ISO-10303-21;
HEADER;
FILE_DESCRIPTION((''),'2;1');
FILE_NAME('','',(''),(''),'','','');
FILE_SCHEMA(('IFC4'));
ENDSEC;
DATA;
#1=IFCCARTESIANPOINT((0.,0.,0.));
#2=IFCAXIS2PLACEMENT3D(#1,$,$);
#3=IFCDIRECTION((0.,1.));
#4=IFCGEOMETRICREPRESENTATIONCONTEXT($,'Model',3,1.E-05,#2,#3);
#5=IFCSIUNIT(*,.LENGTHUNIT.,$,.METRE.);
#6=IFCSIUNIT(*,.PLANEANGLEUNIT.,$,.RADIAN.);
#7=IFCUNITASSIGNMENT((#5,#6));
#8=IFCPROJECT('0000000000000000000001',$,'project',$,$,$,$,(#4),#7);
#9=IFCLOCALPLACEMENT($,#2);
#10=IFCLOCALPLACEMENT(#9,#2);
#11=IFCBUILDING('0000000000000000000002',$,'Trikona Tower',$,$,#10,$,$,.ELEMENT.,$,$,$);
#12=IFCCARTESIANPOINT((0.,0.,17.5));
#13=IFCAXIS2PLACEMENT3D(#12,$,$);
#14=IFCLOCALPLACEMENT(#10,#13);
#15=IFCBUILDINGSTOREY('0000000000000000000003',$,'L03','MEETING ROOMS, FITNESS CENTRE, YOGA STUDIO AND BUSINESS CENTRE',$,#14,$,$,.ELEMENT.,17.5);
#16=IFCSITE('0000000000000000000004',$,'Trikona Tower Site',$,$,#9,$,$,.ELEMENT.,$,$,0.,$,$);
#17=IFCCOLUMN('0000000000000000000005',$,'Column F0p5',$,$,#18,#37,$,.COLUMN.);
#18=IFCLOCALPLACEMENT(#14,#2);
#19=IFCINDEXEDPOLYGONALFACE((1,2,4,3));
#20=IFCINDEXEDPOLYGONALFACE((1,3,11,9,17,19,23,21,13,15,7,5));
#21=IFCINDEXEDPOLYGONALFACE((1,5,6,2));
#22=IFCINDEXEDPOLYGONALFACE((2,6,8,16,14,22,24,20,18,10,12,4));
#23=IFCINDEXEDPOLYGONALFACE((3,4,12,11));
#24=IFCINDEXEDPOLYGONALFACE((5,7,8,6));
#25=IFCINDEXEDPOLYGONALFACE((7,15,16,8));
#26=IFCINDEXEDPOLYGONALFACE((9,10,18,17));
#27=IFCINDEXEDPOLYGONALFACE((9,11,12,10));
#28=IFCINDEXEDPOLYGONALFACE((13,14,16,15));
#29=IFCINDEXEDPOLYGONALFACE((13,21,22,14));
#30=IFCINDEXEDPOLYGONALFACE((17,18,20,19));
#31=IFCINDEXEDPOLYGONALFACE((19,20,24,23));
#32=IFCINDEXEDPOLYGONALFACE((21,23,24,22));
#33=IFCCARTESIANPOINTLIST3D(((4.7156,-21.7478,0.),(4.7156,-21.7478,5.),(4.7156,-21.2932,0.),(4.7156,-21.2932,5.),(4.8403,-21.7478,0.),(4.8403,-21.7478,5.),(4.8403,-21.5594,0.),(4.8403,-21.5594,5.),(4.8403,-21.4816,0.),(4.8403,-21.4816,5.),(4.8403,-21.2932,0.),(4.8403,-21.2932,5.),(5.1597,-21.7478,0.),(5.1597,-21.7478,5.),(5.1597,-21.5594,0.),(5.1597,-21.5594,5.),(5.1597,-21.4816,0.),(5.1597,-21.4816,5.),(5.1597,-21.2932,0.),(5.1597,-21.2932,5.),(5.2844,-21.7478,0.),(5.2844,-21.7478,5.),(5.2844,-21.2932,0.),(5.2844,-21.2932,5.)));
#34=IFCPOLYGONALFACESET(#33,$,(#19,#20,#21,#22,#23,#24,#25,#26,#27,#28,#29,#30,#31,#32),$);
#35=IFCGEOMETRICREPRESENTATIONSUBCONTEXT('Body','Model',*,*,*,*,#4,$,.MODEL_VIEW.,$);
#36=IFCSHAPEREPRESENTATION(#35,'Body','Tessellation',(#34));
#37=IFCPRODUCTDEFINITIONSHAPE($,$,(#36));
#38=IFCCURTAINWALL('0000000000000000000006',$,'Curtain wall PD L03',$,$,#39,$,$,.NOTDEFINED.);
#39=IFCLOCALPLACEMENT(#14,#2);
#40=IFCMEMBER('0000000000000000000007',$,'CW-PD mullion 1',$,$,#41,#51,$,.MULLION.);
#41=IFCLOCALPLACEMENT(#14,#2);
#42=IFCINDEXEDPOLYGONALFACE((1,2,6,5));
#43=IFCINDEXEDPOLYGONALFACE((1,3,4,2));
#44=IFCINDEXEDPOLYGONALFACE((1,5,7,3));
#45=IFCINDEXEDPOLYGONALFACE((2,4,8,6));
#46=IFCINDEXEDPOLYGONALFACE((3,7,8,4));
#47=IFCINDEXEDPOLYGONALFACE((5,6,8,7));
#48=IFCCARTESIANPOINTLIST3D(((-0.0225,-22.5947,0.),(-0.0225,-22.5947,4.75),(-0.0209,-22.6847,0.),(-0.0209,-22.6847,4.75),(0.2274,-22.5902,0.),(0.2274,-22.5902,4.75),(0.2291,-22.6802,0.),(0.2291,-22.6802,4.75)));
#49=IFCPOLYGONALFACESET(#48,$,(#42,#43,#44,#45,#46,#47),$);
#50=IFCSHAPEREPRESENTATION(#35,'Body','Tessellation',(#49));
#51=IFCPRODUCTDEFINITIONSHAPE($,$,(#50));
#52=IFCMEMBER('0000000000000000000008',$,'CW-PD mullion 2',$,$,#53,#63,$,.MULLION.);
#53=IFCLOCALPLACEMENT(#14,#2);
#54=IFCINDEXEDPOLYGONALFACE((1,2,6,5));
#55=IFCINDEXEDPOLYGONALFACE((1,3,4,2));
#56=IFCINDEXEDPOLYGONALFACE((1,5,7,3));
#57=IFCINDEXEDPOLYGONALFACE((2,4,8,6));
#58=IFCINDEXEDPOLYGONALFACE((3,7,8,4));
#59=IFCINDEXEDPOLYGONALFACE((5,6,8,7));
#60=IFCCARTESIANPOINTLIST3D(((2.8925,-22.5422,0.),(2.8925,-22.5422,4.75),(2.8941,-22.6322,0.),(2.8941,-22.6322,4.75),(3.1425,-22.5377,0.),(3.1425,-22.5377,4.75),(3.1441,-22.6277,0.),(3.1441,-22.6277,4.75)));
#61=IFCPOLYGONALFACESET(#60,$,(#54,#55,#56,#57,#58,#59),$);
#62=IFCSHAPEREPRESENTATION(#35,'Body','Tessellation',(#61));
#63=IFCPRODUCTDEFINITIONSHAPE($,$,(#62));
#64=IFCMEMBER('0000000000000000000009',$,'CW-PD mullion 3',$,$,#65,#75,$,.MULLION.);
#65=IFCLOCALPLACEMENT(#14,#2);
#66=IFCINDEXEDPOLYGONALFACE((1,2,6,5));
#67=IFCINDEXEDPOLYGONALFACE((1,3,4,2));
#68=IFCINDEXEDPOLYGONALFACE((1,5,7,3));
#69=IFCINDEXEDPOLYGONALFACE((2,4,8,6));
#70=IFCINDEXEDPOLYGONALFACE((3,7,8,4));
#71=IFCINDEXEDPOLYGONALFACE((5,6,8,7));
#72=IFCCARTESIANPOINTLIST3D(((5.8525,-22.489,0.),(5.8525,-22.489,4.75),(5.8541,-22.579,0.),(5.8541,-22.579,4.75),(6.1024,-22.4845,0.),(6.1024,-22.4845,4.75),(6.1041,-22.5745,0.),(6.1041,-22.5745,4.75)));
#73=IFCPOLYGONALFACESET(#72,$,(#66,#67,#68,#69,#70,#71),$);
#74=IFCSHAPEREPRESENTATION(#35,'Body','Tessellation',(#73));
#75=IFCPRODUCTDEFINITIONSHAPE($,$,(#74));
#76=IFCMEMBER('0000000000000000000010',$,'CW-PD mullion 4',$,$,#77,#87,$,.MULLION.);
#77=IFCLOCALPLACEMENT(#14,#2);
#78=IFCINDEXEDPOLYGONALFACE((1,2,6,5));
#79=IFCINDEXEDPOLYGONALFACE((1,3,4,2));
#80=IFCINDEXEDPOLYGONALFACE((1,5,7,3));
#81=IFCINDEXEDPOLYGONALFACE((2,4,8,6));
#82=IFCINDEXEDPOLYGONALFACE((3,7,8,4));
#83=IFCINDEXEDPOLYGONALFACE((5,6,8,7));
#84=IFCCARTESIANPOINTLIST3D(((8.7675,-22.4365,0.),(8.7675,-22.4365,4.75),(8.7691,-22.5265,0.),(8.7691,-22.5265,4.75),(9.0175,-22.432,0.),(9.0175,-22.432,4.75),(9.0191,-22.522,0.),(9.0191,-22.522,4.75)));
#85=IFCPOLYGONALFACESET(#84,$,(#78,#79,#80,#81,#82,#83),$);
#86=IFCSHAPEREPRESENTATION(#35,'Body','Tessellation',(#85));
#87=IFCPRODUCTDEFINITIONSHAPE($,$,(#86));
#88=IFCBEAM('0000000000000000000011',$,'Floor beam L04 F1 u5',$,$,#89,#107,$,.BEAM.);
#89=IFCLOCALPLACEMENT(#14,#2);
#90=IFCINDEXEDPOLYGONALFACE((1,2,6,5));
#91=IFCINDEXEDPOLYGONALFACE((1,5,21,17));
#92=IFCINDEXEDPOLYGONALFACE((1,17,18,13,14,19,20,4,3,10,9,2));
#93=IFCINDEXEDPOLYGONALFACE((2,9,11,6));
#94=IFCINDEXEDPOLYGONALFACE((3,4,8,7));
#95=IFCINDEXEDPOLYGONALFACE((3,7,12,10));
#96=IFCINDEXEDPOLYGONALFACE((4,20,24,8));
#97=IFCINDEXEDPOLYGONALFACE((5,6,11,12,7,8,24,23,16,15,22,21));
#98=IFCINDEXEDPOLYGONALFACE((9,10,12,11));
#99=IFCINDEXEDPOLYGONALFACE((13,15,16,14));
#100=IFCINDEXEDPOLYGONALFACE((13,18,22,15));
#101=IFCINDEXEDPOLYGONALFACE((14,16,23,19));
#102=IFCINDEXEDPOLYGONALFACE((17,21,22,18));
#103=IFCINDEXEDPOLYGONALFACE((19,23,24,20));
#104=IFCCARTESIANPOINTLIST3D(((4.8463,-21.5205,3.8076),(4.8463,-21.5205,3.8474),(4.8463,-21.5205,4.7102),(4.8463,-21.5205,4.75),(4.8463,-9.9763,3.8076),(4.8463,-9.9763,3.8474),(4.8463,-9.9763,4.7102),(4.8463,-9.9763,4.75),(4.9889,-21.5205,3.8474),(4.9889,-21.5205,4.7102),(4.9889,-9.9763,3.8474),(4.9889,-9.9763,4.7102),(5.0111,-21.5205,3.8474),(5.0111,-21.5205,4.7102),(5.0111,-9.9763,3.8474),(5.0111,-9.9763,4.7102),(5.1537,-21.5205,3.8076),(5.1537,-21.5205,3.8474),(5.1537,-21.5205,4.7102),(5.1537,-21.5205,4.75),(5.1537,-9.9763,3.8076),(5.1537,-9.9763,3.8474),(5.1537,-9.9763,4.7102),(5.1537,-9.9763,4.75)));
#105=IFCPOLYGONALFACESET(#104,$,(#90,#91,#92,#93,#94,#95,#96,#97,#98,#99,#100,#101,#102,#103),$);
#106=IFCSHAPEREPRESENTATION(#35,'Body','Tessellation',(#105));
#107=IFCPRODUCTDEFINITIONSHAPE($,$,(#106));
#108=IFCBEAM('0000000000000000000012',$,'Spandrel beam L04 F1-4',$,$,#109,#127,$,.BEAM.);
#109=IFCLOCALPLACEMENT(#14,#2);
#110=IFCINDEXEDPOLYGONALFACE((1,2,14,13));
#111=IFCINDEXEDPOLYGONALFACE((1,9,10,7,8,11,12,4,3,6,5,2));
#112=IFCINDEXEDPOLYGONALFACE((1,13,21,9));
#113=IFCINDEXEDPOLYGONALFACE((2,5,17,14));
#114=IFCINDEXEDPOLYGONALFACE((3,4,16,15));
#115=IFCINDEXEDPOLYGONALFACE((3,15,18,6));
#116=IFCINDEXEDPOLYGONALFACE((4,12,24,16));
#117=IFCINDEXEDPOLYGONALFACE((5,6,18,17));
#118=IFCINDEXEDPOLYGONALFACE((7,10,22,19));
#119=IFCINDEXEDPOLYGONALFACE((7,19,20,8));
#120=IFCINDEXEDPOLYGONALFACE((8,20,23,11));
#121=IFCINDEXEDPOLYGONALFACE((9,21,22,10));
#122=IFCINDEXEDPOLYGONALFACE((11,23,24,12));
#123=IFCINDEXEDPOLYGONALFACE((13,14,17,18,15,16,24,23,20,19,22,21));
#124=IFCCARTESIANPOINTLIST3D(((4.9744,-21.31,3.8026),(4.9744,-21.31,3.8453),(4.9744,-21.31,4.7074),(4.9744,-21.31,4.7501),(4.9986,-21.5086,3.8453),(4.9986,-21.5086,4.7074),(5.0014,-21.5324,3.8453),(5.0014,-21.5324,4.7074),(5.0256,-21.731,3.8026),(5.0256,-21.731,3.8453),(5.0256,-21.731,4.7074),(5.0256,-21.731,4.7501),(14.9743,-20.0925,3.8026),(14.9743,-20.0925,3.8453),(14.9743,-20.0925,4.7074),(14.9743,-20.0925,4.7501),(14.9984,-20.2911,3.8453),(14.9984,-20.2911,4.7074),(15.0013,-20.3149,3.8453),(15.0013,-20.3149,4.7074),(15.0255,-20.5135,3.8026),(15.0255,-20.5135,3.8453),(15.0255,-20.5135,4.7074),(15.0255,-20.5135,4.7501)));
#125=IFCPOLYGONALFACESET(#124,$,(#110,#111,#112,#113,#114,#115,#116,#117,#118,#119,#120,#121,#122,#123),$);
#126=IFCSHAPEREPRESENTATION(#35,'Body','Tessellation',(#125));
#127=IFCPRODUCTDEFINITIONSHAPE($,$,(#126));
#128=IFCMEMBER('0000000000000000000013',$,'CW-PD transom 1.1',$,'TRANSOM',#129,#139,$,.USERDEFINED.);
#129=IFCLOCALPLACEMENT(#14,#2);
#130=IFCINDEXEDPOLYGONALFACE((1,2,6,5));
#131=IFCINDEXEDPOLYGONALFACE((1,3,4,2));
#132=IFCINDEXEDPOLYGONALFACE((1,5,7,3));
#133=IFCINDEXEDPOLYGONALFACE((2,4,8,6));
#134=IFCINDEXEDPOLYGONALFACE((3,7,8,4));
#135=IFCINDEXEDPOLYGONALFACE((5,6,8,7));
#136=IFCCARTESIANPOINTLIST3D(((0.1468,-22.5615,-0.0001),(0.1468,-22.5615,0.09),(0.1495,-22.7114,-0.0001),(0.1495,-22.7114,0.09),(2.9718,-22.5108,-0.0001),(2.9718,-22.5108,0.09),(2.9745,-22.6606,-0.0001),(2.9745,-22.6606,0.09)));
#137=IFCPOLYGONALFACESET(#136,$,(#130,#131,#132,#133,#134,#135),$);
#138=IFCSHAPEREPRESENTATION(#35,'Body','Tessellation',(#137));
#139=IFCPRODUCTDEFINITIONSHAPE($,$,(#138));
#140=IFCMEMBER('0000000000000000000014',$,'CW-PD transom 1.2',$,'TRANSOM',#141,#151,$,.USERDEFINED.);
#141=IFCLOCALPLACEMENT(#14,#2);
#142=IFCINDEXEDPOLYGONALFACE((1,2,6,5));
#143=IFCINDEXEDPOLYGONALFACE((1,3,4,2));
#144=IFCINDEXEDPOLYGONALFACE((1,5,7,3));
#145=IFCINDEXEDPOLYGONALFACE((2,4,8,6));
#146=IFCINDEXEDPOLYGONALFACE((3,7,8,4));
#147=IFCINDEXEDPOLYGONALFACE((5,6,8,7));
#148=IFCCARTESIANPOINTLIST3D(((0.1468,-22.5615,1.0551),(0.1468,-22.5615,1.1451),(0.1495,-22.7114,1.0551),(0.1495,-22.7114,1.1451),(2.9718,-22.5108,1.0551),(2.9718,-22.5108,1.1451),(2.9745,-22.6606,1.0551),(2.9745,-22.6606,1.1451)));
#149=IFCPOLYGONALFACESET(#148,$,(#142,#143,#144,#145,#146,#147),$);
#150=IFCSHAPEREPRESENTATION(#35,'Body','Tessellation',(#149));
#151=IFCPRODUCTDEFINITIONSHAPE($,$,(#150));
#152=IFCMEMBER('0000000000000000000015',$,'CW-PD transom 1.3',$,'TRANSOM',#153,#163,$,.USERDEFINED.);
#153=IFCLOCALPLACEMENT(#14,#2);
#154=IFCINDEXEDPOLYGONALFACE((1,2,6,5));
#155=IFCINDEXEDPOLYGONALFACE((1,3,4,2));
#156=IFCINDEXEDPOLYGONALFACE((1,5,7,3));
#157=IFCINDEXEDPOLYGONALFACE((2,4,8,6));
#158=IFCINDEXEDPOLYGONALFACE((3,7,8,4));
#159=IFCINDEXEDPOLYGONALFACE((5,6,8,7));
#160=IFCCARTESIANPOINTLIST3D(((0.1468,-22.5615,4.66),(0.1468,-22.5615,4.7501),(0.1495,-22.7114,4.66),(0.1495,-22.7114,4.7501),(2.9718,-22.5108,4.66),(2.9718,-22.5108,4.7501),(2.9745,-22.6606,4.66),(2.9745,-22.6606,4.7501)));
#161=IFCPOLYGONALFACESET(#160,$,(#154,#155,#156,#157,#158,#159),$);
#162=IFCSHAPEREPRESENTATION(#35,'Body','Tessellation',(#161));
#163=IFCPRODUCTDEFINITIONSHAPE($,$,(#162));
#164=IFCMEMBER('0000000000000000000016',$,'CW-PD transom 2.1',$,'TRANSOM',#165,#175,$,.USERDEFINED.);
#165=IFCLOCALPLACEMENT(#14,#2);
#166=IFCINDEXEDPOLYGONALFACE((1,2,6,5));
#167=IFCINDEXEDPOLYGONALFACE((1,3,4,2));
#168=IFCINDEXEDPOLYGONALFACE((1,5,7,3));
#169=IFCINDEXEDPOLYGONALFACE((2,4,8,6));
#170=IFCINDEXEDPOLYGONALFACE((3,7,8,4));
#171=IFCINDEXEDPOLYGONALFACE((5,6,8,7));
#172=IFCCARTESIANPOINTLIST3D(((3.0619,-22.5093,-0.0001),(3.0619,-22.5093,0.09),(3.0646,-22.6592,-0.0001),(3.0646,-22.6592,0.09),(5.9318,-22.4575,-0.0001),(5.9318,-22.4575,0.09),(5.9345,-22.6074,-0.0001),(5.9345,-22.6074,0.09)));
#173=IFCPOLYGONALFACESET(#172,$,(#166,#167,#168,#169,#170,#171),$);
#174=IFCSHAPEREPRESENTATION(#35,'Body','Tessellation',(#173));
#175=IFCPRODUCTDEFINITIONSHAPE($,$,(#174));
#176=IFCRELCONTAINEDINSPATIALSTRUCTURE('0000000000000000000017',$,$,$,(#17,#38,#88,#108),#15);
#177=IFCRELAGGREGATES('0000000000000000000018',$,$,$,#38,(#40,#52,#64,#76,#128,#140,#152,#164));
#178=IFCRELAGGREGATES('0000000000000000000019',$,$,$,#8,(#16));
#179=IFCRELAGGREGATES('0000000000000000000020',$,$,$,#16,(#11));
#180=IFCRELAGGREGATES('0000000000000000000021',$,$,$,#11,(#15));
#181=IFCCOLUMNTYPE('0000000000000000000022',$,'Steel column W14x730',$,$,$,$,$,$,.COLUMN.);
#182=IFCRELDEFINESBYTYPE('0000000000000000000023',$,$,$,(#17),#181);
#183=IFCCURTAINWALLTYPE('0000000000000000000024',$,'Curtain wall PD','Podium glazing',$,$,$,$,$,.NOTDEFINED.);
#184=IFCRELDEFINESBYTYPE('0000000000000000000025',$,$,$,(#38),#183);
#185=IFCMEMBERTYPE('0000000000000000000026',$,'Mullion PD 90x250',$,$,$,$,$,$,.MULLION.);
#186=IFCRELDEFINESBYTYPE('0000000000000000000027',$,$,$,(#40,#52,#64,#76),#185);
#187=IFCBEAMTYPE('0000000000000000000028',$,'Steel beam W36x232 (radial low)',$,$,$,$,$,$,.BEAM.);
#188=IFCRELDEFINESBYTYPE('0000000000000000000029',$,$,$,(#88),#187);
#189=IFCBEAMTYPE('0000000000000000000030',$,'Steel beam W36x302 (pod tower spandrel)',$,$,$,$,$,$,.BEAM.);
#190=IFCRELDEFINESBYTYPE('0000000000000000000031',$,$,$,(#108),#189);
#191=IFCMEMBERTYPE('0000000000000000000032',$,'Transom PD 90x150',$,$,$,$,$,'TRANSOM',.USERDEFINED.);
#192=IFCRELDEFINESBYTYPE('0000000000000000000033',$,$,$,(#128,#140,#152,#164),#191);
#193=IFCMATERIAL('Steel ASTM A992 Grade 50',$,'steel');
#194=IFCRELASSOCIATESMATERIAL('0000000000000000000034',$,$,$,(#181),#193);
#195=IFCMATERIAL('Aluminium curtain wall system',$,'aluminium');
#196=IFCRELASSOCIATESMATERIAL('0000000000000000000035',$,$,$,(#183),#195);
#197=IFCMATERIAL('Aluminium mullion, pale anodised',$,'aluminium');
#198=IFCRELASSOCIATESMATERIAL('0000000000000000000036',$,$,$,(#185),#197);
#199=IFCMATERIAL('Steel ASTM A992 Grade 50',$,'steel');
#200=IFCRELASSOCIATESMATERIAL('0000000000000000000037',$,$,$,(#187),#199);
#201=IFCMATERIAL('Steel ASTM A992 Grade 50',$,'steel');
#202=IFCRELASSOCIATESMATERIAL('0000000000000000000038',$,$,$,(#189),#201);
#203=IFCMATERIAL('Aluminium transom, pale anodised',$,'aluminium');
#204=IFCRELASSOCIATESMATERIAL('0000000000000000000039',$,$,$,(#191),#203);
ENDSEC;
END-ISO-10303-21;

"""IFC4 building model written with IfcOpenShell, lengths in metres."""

from ifc_helpers import new_model, si_unit, direction, frame, origin, origin_2d, place, context, subcontext, project, spatial, rectangle, i_section, extrude, material, material_profile, profile_set, type_object, element, aggregate, save


model = new_model("IFC4")

# Units and contexts
model_context = context("Model", 3, precision=1e-05, world=origin(), true_north=direction((0.0, 1.0)))
body_context = subcontext(model_context, "Body", "Model", "MODEL_VIEW")
ifc_project = project(units=[si_unit("LENGTHUNIT", "METRE"), si_unit("PLANEANGLEUNIT", "RADIAN")], contexts=[model_context])

# Site, building, storey
site_placement = place(None, origin())
site = spatial("IfcSite", under=ifc_project, at=site_placement, Name="Trikona Tower Site", CompositionType="ELEMENT", RefElevation=0.0)
building_placement = place(site_placement, origin())
building = spatial("IfcBuilding", under=site, at=building_placement, Name="Trikona Tower", CompositionType="ELEMENT")
storey_placement = place(building_placement, frame((0.0, 0.0, 17.5)))
storey = spatial("IfcBuildingStorey", under=building, at=storey_placement, Name="L03", Description="MEETING ROOMS, FITNESS CENTRE, YOGA STUDIO AND BUSINESS CENTRE", CompositionType="ELEMENT", Elevation=17.5)

# Column
ifc_material_1 = material(Name="Steel ASTM A992 Grade 50", Category="steel")
ifc_material_profile_1 = material_profile(ifc_material_1, i_section(OverallWidth=0.4546, OverallDepth=0.5688, WebThickness=0.0779, FlangeThickness=0.1248, at=origin_2d()), Name="W14X730")
ifc_profile_set_1 = profile_set([ifc_material_profile_1], Name="Steel ASTM A992 Grade 50")
column_type = type_object("IfcColumnType", Name="Steel column W14x730", PredefinedType="COLUMN", material=ifc_profile_set_1)
column_placement = place(storey_placement, frame((5.0, -21.5205, 0.0), z_axis=(0.0, 0.0, 1.0), x_axis=(0.0, -1.0, 0.0)))
element("IfcColumn", 1, at=column_placement, inside=storey, type_object=column_type, Name="Column F0p5", PredefinedType="COLUMN", context=body_context, shape_type="SweptSolid", body=[
    extrude(i_section(OverallWidth=0.4546, OverallDepth=0.5688, WebThickness=0.0779, FlangeThickness=0.1248, at=origin_2d()), origin(), (0.0, 0.0, 1.0), 5.0),
])

# Curtain wall, members
ifc_material_2 = material(Name="Aluminium curtain wall system", Category="aluminium")
curtain_wall_type = type_object("IfcCurtainWallType", Name="Curtain wall PD", Description="Podium glazing", PredefinedType="NOTDEFINED", material=ifc_material_2)
curtain_wall_placement = place(storey_placement, origin())
curtain_wall = element("IfcCurtainWall", 2, at=curtain_wall_placement, inside=storey, type_object=curtain_wall_type, Name="Curtain wall PD L03", PredefinedType="NOTDEFINED")
ifc_material_3 = material(Name="Aluminium mullion, pale anodised", Category="aluminium")
ifc_material_profile_2 = material_profile(ifc_material_3, rectangle(XDim=0.0901, YDim=0.25, at=origin_2d()), Name="MUL-PD")
ifc_profile_set_2 = profile_set([ifc_material_profile_2], Name="Aluminium mullion, pale anodised")
member_type_1 = type_object("IfcMemberType", Name="Mullion PD 90x250", PredefinedType="MULLION", material=ifc_profile_set_2)
member_1_placement = place(storey_placement, frame((0.1033, -22.6375, 0.0), z_axis=(0.0, 0.0, 1.0), x_axis=(-0.017993, 0.999838, 0.0)))
member_1 = element("IfcMember", 3, at=member_1_placement, type_object=member_type_1, Name="CW-PD mullion 1", PredefinedType="MULLION", context=body_context, shape_type="SweptSolid", body=[
    extrude(rectangle(XDim=0.0901, YDim=0.25, at=origin_2d()), origin(), (0.0, 0.0, 1.0), 4.75),
])
member_2_placement = place(storey_placement, frame((3.0183, -22.585, 0.0), z_axis=(0.0, 0.0, 1.0), x_axis=(-0.017993, 0.999838, 0.0)))
member_2 = element("IfcMember", 4, at=member_2_placement, type_object=member_type_1, Name="CW-PD mullion 2", PredefinedType="MULLION", context=body_context, shape_type="SweptSolid", body=[
    extrude(rectangle(XDim=0.0901, YDim=0.25, at=origin_2d()), origin(), (0.0, 0.0, 1.0), 4.75),
])
member_3_placement = place(storey_placement, frame((5.9783, -22.5317, 0.0), z_axis=(0.0, 0.0, 1.0), x_axis=(-0.017993, 0.999838, 0.0)))
member_3 = element("IfcMember", 5, at=member_3_placement, type_object=member_type_1, Name="CW-PD mullion 3", PredefinedType="MULLION", context=body_context, shape_type="SweptSolid", body=[
    extrude(rectangle(XDim=0.0901, YDim=0.25, at=origin_2d()), origin(), (0.0, 0.0, 1.0), 4.75),
])
member_4_placement = place(storey_placement, frame((8.8933, -22.4792, 0.0), z_axis=(0.0, 0.0, 1.0), x_axis=(-0.017993, 0.999838, 0.0)))
member_4 = element("IfcMember", 6, at=member_4_placement, type_object=member_type_1, Name="CW-PD mullion 4", PredefinedType="MULLION", context=body_context, shape_type="SweptSolid", body=[
    extrude(rectangle(XDim=0.0901, YDim=0.25, at=origin_2d()), origin(), (0.0, 0.0, 1.0), 4.75),
])

# Beams
ifc_material_4 = material(Name="Steel ASTM A992 Grade 50", Category="steel")
ifc_material_profile_3 = material_profile(ifc_material_4, i_section(OverallWidth=0.3074, OverallDepth=0.9424, WebThickness=0.0222, FlangeThickness=0.0398, at=origin_2d()), Name="W36X232")
ifc_profile_set_3 = profile_set([ifc_material_profile_3], Name="Steel ASTM A992 Grade 50")
beam_type_1 = type_object("IfcBeamType", Name="Steel beam W36x232 (radial low)", PredefinedType="BEAM", material=ifc_profile_set_3)
beam_1_placement = place(storey_placement, frame((5.0, -9.9763, 4.2788), z_axis=(0.0, -1.0, 0.0), x_axis=(1.0, 0.0, 0.0)))
element("IfcBeam", 7, at=beam_1_placement, inside=storey, type_object=beam_type_1, Name="Floor beam L04 F1 u5", PredefinedType="BEAM", context=body_context, shape_type="SweptSolid", body=[
    extrude(i_section(OverallWidth=0.3074, OverallDepth=0.9424, WebThickness=0.0222, FlangeThickness=0.0398, at=origin_2d()), origin(), (0.0, 0.0, 1.0), 11.5442),
])
ifc_material_5 = material(Name="Steel ASTM A992 Grade 50", Category="steel")
ifc_material_profile_4 = material_profile(ifc_material_5, i_section(OverallWidth=0.4241, OverallDepth=0.9475, WebThickness=0.0239, FlangeThickness=0.0427, at=origin_2d()), Name="W36X302")
ifc_profile_set_4 = profile_set([ifc_material_profile_4], Name="Steel ASTM A992 Grade 50")
beam_type_2 = type_object("IfcBeamType", Name="Steel beam W36x302 (pod tower spandrel)", PredefinedType="BEAM", material=ifc_profile_set_4)
beam_2_placement = place(storey_placement, frame((5.0, -21.5205, 4.2764), z_axis=(0.99267, 0.12086, 0.0), x_axis=(-0.12086, 0.99267, 0.0)))
element("IfcBeam", 8, at=beam_2_placement, inside=storey, type_object=beam_type_2, Name="Spandrel beam L04 F1-4", PredefinedType="BEAM", context=body_context, shape_type="SweptSolid", body=[
    extrude(i_section(OverallWidth=0.4241, OverallDepth=0.9475, WebThickness=0.0239, FlangeThickness=0.0427, at=origin_2d()), origin(), (0.0, 0.0, 1.0), 10.0737),
])

# Members
ifc_material_6 = material(Name="Aluminium transom, pale anodised", Category="aluminium")
ifc_material_profile_5 = material_profile(ifc_material_6, rectangle(XDim=0.1499, YDim=0.0901, at=origin_2d()), Name="TRN-PD")
ifc_profile_set_5 = profile_set([ifc_material_profile_5], Name="Aluminium transom, pale anodised")
member_type_2 = type_object("IfcMemberType", Name="Transom PD 90x150", ElementType="TRANSOM", PredefinedType="USERDEFINED", material=ifc_profile_set_5)
member_5_placement = place(storey_placement, frame((0.1482, -22.6365, 0.0449), z_axis=(0.999838, 0.017973, 0.0), x_axis=(-0.017973, 0.999838, 0.0)))
member_5 = element("IfcMember", 9, at=member_5_placement, type_object=member_type_2, Name="CW-PD transom 1.1", ObjectType="TRANSOM", PredefinedType="USERDEFINED", context=body_context, shape_type="SweptSolid", body=[
    extrude(rectangle(XDim=0.1499, YDim=0.0901, at=origin_2d()), origin(), (0.0, 0.0, 1.0), 2.8254),
])
member_6_placement = place(storey_placement, frame((0.1482, -22.6365, 1.1001), z_axis=(0.999838, 0.017973, 0.0), x_axis=(-0.017973, 0.999838, 0.0)))
member_6 = element("IfcMember", 10, at=member_6_placement, type_object=member_type_2, Name="CW-PD transom 1.2", ObjectType="TRANSOM", PredefinedType="USERDEFINED", context=body_context, shape_type="SweptSolid", body=[
    extrude(rectangle(XDim=0.1499, YDim=0.0901, at=origin_2d()), origin(), (0.0, 0.0, 1.0), 2.8254),
])
member_7_placement = place(storey_placement, frame((0.1482, -22.6365, 4.7051), z_axis=(0.999838, 0.017973, 0.0), x_axis=(-0.017973, 0.999838, 0.0)))
member_7 = element("IfcMember", 11, at=member_7_placement, type_object=member_type_2, Name="CW-PD transom 1.3", ObjectType="TRANSOM", PredefinedType="USERDEFINED", context=body_context, shape_type="SweptSolid", body=[
    extrude(rectangle(XDim=0.1499, YDim=0.0901, at=origin_2d()), origin(), (0.0, 0.0, 1.0), 2.8254),
])
member_8_placement = place(storey_placement, frame((3.0632, -22.5842, 0.0449), z_axis=(0.999837, 0.018032, 0.0), x_axis=(-0.018032, 0.999837, 0.0)))
member_8 = element("IfcMember", 12, at=member_8_placement, type_object=member_type_2, Name="CW-PD transom 2.1", ObjectType="TRANSOM", PredefinedType="USERDEFINED", context=body_context, shape_type="SweptSolid", body=[
    extrude(rectangle(XDim=0.1499, YDim=0.0901, at=origin_2d()), origin(), (0.0, 0.0, 1.0), 2.8704),
])

aggregate(curtain_wall, [member_1, member_2, member_3, member_4, member_5, member_6, member_7, member_8])

save(model, "model.ifc")
